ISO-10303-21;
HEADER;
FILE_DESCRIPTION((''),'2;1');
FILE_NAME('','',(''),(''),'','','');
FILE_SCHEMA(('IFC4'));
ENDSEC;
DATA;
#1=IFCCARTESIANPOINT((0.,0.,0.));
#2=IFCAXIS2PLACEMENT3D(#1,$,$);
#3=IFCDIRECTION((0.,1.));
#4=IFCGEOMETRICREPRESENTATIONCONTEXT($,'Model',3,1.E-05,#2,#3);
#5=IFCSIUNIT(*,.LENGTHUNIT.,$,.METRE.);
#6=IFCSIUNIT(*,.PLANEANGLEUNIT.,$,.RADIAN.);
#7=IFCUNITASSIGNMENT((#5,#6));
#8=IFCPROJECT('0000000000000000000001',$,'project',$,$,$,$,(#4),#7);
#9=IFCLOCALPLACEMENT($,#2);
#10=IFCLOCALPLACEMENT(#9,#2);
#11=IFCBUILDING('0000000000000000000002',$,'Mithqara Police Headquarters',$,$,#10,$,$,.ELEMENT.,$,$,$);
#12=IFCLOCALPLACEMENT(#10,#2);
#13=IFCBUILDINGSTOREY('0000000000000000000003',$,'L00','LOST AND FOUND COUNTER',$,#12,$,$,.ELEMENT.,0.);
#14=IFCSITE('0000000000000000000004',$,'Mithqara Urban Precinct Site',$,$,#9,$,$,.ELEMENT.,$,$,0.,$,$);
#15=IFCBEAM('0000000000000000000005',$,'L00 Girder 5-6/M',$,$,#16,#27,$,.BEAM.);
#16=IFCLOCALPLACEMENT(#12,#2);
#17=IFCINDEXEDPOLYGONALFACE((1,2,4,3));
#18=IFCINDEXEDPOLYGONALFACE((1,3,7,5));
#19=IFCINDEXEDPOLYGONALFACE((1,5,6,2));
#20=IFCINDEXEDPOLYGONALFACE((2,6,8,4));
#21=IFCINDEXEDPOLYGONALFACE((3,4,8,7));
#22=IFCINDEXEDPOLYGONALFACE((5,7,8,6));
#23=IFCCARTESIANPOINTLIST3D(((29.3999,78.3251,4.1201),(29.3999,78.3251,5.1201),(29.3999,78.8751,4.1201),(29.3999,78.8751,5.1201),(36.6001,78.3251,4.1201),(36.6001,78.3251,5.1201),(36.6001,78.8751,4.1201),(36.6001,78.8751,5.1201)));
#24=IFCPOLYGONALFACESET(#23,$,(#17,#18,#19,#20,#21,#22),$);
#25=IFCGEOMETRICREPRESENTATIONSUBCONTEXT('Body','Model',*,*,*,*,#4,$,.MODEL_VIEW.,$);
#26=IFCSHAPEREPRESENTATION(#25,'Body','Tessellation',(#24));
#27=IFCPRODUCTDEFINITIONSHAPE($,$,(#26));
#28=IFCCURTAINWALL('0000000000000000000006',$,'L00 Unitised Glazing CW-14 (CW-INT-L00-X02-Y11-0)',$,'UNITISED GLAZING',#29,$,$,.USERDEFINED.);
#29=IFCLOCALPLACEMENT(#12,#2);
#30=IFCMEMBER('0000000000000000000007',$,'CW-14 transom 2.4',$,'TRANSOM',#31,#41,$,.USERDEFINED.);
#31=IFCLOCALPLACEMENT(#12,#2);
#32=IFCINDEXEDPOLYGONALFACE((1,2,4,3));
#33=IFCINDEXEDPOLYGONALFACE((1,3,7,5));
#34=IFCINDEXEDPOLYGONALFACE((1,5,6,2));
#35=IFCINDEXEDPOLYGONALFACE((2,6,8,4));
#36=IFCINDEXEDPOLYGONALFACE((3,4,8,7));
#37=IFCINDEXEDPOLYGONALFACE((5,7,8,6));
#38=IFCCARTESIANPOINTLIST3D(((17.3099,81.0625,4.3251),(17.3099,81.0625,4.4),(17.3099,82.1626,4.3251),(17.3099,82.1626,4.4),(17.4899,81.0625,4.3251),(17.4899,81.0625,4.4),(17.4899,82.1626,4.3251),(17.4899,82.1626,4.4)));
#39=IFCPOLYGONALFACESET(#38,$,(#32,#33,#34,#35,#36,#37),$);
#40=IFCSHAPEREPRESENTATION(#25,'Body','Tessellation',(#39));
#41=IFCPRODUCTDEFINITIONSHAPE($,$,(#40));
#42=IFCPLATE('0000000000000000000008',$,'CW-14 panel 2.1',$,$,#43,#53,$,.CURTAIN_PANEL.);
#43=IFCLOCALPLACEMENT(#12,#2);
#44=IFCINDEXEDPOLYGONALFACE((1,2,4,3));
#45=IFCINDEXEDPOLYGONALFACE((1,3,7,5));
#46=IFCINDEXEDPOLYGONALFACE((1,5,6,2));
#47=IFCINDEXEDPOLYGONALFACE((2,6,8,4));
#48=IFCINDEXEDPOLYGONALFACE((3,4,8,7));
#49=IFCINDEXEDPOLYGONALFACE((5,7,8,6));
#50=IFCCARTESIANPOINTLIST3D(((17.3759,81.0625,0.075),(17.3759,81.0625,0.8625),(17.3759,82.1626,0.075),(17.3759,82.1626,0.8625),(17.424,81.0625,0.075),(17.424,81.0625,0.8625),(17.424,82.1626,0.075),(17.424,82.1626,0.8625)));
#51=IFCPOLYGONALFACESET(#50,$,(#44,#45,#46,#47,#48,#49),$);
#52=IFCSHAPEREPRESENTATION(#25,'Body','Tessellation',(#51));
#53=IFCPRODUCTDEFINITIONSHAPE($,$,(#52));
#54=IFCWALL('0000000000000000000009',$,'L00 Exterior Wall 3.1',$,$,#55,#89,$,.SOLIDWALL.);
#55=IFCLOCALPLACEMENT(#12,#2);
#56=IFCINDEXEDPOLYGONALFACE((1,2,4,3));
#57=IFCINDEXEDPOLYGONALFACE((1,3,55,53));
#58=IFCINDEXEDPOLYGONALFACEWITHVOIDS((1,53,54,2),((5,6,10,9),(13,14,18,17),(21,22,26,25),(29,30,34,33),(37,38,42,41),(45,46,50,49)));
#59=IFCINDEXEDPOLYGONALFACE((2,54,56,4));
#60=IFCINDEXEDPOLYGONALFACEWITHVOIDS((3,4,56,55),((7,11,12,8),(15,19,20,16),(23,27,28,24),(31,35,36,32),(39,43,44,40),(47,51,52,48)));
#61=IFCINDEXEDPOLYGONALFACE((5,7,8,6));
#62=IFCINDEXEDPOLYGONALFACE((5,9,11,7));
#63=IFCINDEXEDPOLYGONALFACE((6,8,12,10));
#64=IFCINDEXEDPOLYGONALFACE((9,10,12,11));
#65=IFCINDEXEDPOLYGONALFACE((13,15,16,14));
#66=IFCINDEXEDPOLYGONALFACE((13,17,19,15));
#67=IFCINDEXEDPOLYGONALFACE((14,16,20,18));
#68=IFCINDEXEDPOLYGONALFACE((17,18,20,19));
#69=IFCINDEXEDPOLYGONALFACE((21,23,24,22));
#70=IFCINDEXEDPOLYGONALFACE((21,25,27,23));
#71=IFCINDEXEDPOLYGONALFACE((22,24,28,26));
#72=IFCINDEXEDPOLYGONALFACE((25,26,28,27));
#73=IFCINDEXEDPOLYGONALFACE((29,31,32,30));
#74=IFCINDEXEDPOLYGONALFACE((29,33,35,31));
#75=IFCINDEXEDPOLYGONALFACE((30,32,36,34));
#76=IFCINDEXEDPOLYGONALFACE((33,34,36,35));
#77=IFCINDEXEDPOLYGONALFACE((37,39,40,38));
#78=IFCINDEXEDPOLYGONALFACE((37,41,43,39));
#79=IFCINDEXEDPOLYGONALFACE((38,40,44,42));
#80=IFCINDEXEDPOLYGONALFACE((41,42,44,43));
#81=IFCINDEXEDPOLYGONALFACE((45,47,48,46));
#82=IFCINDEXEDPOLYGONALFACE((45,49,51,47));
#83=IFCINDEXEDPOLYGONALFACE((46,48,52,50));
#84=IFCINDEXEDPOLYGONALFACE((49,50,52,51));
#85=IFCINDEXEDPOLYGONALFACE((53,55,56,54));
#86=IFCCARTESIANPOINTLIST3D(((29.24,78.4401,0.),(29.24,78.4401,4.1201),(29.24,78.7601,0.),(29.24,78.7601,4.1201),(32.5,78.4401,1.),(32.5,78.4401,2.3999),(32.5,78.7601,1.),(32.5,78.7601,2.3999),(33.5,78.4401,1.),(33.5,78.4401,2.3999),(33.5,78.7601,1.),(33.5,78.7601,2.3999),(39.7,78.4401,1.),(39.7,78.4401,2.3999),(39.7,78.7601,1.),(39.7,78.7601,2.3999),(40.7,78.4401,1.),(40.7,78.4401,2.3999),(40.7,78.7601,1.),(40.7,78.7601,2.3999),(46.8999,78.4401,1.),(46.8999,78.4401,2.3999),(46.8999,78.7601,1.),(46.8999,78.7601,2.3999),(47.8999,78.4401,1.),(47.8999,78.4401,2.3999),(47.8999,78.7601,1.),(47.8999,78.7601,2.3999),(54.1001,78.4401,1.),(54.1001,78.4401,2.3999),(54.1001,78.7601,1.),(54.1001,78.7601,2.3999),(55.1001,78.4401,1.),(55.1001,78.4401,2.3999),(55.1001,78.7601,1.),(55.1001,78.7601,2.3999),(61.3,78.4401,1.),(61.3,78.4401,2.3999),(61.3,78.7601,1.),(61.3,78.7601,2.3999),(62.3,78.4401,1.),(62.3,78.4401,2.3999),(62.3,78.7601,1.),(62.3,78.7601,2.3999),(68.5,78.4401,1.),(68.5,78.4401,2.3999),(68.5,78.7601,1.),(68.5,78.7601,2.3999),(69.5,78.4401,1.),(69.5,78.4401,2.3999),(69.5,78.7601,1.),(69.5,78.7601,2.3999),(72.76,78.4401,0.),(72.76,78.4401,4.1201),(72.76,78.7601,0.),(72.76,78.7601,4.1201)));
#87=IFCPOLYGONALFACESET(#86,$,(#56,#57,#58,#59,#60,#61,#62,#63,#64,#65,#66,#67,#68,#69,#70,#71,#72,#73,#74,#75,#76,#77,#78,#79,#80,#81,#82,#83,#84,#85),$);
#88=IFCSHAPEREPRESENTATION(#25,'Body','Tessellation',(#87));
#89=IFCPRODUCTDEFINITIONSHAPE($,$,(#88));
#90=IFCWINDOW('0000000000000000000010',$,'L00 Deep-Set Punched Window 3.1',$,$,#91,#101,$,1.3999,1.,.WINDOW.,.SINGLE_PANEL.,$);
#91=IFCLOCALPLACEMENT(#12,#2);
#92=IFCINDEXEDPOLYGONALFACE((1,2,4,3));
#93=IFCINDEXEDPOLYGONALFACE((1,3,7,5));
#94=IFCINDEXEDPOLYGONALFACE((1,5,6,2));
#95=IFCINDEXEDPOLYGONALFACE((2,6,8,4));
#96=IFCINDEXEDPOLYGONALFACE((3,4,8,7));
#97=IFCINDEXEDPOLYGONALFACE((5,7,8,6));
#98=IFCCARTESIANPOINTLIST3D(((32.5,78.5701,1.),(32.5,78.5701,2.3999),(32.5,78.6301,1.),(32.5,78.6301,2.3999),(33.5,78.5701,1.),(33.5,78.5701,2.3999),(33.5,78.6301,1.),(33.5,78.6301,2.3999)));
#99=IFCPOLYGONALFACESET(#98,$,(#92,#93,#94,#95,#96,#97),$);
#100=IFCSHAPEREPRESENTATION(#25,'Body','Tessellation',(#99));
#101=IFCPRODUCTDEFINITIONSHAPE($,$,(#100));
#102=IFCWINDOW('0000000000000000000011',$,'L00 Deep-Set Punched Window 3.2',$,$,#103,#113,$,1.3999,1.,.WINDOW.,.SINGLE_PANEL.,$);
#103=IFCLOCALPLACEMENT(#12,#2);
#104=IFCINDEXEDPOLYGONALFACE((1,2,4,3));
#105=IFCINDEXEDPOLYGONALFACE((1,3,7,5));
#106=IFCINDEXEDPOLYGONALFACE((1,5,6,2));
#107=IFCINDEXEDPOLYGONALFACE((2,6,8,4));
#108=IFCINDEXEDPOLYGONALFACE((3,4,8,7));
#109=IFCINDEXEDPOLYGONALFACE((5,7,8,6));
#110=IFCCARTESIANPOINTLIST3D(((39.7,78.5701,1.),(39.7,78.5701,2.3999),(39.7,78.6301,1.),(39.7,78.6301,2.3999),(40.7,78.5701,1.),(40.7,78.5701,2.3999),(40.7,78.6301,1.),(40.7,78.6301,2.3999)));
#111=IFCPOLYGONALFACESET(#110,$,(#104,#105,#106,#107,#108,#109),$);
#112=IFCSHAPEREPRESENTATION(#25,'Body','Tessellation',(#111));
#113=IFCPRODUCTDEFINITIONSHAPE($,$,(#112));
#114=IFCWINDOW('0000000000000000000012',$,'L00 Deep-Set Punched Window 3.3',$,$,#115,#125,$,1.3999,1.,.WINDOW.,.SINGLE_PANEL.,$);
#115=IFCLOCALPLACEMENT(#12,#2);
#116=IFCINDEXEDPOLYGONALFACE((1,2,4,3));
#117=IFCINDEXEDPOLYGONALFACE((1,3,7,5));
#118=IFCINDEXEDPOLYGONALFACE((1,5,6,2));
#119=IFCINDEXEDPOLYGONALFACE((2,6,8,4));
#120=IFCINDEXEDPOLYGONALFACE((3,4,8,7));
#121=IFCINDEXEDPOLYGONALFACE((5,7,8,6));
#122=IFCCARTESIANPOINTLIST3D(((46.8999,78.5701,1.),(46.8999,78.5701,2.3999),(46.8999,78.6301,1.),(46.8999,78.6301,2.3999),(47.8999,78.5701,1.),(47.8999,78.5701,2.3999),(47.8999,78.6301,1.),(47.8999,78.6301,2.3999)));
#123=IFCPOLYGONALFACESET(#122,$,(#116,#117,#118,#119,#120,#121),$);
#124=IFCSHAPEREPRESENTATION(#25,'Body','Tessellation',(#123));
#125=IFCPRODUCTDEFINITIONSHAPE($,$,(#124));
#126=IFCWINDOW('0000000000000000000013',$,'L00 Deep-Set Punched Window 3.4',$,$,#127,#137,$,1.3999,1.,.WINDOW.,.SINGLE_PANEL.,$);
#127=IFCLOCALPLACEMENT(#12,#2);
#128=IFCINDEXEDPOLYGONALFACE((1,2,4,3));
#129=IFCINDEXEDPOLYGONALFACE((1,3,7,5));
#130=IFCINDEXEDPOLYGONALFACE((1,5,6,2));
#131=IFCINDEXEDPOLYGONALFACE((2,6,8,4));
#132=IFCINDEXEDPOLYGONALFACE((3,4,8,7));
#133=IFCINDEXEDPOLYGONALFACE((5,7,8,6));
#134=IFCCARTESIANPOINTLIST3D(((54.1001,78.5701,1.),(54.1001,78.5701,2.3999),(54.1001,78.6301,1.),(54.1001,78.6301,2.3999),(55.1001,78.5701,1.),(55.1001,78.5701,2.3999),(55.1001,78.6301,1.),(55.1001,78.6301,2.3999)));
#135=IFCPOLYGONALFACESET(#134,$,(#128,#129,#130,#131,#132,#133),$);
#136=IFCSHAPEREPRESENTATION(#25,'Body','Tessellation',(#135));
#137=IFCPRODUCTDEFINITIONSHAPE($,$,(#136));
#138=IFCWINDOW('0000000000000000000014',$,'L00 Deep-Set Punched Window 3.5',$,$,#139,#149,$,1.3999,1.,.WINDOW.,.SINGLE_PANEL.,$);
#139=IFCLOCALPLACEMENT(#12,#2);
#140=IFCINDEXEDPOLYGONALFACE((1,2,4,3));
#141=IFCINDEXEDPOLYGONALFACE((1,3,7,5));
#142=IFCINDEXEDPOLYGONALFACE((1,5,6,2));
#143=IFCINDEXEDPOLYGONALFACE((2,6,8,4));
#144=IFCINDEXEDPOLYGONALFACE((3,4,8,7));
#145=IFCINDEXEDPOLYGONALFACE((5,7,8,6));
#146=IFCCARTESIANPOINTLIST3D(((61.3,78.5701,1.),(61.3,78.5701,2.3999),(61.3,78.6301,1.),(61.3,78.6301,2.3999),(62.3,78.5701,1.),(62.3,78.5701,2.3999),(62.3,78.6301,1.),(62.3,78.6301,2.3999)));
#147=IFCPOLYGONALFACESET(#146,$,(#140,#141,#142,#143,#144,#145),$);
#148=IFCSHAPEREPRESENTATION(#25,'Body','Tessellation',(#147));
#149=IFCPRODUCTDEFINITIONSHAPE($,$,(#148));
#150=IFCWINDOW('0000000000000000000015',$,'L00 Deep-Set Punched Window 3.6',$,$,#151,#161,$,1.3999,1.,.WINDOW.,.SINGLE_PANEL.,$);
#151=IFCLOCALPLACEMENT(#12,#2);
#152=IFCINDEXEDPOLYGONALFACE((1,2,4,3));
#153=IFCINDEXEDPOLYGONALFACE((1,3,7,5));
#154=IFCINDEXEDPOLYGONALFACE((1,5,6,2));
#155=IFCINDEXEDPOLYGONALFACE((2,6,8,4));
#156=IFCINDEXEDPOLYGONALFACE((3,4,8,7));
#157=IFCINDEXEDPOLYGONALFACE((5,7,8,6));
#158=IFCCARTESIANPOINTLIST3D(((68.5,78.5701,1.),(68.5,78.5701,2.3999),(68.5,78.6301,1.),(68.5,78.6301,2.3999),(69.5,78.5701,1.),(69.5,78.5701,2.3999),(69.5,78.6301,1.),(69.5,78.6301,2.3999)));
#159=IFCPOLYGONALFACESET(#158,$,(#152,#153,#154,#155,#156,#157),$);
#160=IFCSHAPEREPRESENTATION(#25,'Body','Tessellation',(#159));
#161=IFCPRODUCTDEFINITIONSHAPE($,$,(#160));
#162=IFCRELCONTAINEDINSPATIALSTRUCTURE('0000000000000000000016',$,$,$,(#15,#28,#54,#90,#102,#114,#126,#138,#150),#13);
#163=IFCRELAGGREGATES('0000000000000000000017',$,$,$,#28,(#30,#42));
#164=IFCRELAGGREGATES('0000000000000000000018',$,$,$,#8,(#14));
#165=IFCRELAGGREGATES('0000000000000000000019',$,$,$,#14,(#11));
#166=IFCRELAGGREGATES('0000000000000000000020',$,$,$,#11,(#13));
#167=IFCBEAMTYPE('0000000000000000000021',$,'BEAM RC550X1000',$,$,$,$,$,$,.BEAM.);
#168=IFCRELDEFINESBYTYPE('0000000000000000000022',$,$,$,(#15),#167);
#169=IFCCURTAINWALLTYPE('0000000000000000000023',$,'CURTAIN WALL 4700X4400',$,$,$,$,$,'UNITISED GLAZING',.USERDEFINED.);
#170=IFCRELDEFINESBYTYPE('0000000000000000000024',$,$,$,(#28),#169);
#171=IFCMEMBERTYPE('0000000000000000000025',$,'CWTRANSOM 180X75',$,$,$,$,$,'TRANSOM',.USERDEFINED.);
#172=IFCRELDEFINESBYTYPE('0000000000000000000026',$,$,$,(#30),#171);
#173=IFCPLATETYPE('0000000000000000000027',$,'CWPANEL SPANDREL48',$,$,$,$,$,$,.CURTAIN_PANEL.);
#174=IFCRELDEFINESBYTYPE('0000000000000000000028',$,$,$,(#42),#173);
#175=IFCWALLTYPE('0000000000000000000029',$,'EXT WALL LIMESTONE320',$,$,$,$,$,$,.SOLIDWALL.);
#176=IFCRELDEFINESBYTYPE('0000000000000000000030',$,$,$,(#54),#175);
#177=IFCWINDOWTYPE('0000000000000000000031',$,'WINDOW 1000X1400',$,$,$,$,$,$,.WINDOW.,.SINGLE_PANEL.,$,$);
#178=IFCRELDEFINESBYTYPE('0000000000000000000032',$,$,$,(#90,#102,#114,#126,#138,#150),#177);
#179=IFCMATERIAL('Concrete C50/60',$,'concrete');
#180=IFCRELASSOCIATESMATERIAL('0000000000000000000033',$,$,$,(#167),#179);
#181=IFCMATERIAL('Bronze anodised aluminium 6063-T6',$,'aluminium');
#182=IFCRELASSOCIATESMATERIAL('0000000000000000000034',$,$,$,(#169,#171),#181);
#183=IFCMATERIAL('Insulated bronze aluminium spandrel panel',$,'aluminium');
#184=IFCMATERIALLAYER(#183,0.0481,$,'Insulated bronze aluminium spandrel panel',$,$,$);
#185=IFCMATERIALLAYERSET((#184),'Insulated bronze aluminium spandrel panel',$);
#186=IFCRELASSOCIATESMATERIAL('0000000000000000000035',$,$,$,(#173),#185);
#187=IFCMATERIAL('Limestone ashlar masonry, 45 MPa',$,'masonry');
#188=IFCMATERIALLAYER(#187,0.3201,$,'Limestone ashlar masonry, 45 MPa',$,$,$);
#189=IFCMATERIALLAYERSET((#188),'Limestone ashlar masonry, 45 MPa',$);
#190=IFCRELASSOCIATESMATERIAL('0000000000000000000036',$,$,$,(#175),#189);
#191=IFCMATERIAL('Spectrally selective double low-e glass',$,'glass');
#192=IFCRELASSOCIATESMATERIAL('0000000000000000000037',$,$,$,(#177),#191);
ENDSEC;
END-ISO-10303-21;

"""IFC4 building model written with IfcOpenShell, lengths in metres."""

from ifc_helpers import new_model, si_unit, direction, frame, frame_2d, origin, origin_2d, place, context, subcontext, project, spatial, rectangle, extrude, material, layer, layer_set, material_profile, profile_set, type_object, element, fill, aggregate, save


model = new_model("IFC4")

# Units and contexts
model_context = context("Model", 3, precision=1e-05, world=origin(), true_north=direction((0.0, 1.0)))
body_context = subcontext(model_context, "Body", "Model", "MODEL_VIEW")
ifc_project = project(units=[si_unit("LENGTHUNIT", "METRE"), si_unit("PLANEANGLEUNIT", "RADIAN")], contexts=[model_context])

# Site, building, storey
site_placement = place(None, origin())
site = spatial("IfcSite", under=ifc_project, at=site_placement, Name="Mithqara Urban Precinct Site", CompositionType="ELEMENT", RefElevation=0.0)
building_placement = place(site_placement, origin())
building = spatial("IfcBuilding", under=site, at=building_placement, Name="Mithqara Police Headquarters", CompositionType="ELEMENT")
storey_placement = place(building_placement, origin())
storey = spatial("IfcBuildingStorey", under=building, at=storey_placement, Name="L00", Description="LOST AND FOUND COUNTER", CompositionType="ELEMENT", Elevation=0.0)

# Shared definitions
ifc_material_1 = material(Name="Concrete C50/60", Category="concrete")

# Beam
ifc_material_profile_1 = material_profile(ifc_material_1, rectangle(XDim=0.55, YDim=1.0, at=origin_2d()), Name="RC 550x1000")
ifc_profile_set_1 = profile_set([ifc_material_profile_1], Name="Concrete C50/60")
beam_type_1 = type_object("IfcBeamType", Name="BEAM RC550X1000", PredefinedType="BEAM", material=ifc_profile_set_1)
beam_1_placement = place(storey_placement, frame((29.3999, 78.6001, 4.6201), z_axis=(1.0, 0.0, 0.0), x_axis=(0.0, 1.0, 0.0)))
element("IfcBeam", 1, at=beam_1_placement, inside=storey, type_object=beam_type_1, Name="L00 Girder 5-6/M", PredefinedType="BEAM", context=body_context, shape_type="SweptSolid", body=[
    extrude(rectangle(XDim=0.55, YDim=1.0, at=origin_2d()), origin(), (0.0, 0.0, 1.0), 7.2002),
])

# Curtain wall, member, plate
ifc_material_2 = material(Name="Bronze anodised aluminium 6063-T6", Category="aluminium")
curtain_wall_type = type_object("IfcCurtainWallType", Name="CURTAIN WALL 4700X4400", ElementType="UNITISED GLAZING", PredefinedType="USERDEFINED", material=ifc_material_2)
curtain_wall_placement = place(storey_placement, origin())
curtain_wall = element("IfcCurtainWall", 2, at=curtain_wall_placement, inside=storey, type_object=curtain_wall_type, Name="L00 Unitised Glazing CW-14 (CW-INT-L00-X02-Y11-0)", ObjectType="UNITISED GLAZING", PredefinedType="USERDEFINED")
ifc_material_profile_2 = material_profile(ifc_material_2, rectangle(XDim=0.1799, YDim=0.075, at=origin_2d()), Name="CWT 180x75")
ifc_profile_set_2 = profile_set([ifc_material_profile_2], Name="Bronze anodised aluminium 6063-T6")
member_type_1 = type_object("IfcMemberType", Name="CWTRANSOM 180X75", ElementType="TRANSOM", PredefinedType="USERDEFINED", material=ifc_profile_set_2)
member_1_placement = place(storey_placement, frame((17.3999, 81.0625, 4.3625), z_axis=(0.0, 1.0, 0.0), x_axis=(-1.0, 0.0, 0.0)))
member_1 = element("IfcMember", 3, at=member_1_placement, type_object=member_type_1, Name="CW-14 transom 2.4", ObjectType="TRANSOM", PredefinedType="USERDEFINED", context=body_context, shape_type="SweptSolid", body=[
    extrude(rectangle(XDim=0.1799, YDim=0.075, at=origin_2d()), origin(), (0.0, 0.0, 1.0), 1.1001),
])
ifc_material_3 = material(Name="Insulated bronze aluminium spandrel panel", Category="aluminium")
ifc_layer_1 = layer(ifc_material_3, 0.0481, Name="Insulated bronze aluminium spandrel panel")
ifc_layer_set_1 = layer_set([ifc_layer_1], Name="Insulated bronze aluminium spandrel panel")
plate_type = type_object("IfcPlateType", Name="CWPANEL SPANDREL48", PredefinedType="CURTAIN_PANEL", material=ifc_layer_set_1)
plate_placement = place(storey_placement, frame((17.3999, 81.6125, 0.075), z_axis=(0.0, 0.0, 1.0), x_axis=(0.0, 1.0, 0.0)))
plate = element("IfcPlate", 4, at=plate_placement, type_object=plate_type, Name="CW-14 panel 2.1", PredefinedType="CURTAIN_PANEL", context=body_context, shape_type="SweptSolid", body=[
    extrude(rectangle(XDim=1.1001, YDim=0.0481, at=origin_2d()), origin(), (0.0, 0.0, 1.0), 0.7876),
])
aggregate(curtain_wall, [member_1, plate])

# Wall, openings, windows
ifc_material_4 = material(Name="Limestone ashlar masonry, 45 MPa", Category="masonry")
ifc_layer_2 = layer(ifc_material_4, 0.3201, Name="Limestone ashlar masonry, 45 MPa")
ifc_layer_set_2 = layer_set([ifc_layer_2], Name="Limestone ashlar masonry, 45 MPa")
wall_type = type_object("IfcWallType", Name="EXT WALL LIMESTONE320", PredefinedType="SOLIDWALL", material=ifc_layer_set_2)
wall_placement = place(storey_placement, frame((29.24, 78.6001, 0.0), z_axis=(0.0, 0.0, 1.0), x_axis=(1.0, 0.0, 0.0)))
wall = element("IfcWall", 5, at=wall_placement, inside=storey, type_object=wall_type, Name="L00 Exterior Wall 3.1", PredefinedType="SOLIDWALL", context=body_context, shape_type="SweptSolid", body=[
    extrude(rectangle(XDim=43.52, YDim=0.3201, at=frame_2d((21.76, 0.0))), origin(), (0.0, 0.0, 1.0), 4.1201),
])
opening_1_placement = place(wall_placement, frame((3.26, 0.0, 1.0)))
opening_1 = element("IfcOpeningElement", 6, at=opening_1_placement, cuts=wall, PredefinedType="OPENING", context=body_context, shape_type="SweptSolid", body=[
    extrude(rectangle(XDim=1.0, YDim=1.3999, at=frame_2d((0.5, 0.7))), frame((0.0, 0.1699, 0.0), z_axis=(0.0, -1.0, 0.0), x_axis=(1.0, 0.0, 0.0)), (0.0, 0.0, 1.0), 0.3401),
])
opening_2_placement = place(wall_placement, frame((10.46, 0.0, 1.0)))
opening_2 = element("IfcOpeningElement", 7, at=opening_2_placement, cuts=wall, PredefinedType="OPENING", context=body_context, shape_type="SweptSolid", body=[
    extrude(rectangle(XDim=1.0, YDim=1.3999, at=frame_2d((0.5, 0.7))), frame((0.0, 0.1699, 0.0), z_axis=(0.0, -1.0, 0.0), x_axis=(1.0, 0.0, 0.0)), (0.0, 0.0, 1.0), 0.3401),
])
opening_3_placement = place(wall_placement, frame((17.6599, 0.0, 1.0)))
opening_3 = element("IfcOpeningElement", 8, at=opening_3_placement, cuts=wall, PredefinedType="OPENING", context=body_context, shape_type="SweptSolid", body=[
    extrude(rectangle(XDim=1.0, YDim=1.3999, at=frame_2d((0.5, 0.7))), frame((0.0, 0.1699, 0.0), z_axis=(0.0, -1.0, 0.0), x_axis=(1.0, 0.0, 0.0)), (0.0, 0.0, 1.0), 0.3401),
])
opening_4_placement = place(wall_placement, frame((24.8601, 0.0, 1.0)))
opening_4 = element("IfcOpeningElement", 9, at=opening_4_placement, cuts=wall, PredefinedType="OPENING", context=body_context, shape_type="SweptSolid", body=[
    extrude(rectangle(XDim=1.0, YDim=1.3999, at=frame_2d((0.5, 0.7))), frame((0.0, 0.1699, 0.0), z_axis=(0.0, -1.0, 0.0), x_axis=(1.0, 0.0, 0.0)), (0.0, 0.0, 1.0), 0.3401),
])
opening_5_placement = place(wall_placement, frame((32.0601, 0.0, 1.0)))
opening_5 = element("IfcOpeningElement", 10, at=opening_5_placement, cuts=wall, PredefinedType="OPENING", context=body_context, shape_type="SweptSolid", body=[
    extrude(rectangle(XDim=1.0, YDim=1.3999, at=frame_2d((0.5, 0.7))), frame((0.0, 0.1699, 0.0), z_axis=(0.0, -1.0, 0.0), x_axis=(1.0, 0.0, 0.0)), (0.0, 0.0, 1.0), 0.3401),
])
opening_6_placement = place(wall_placement, frame((39.26, 0.0, 1.0)))
opening_6 = element("IfcOpeningElement", 11, at=opening_6_placement, cuts=wall, PredefinedType="OPENING", context=body_context, shape_type="SweptSolid", body=[
    extrude(rectangle(XDim=1.0, YDim=1.3999, at=frame_2d((0.5, 0.7))), frame((0.0, 0.1699, 0.0), z_axis=(0.0, -1.0, 0.0), x_axis=(1.0, 0.0, 0.0)), (0.0, 0.0, 1.0), 0.3401),
])
ifc_material_5 = material(Name="Spectrally selective double low-e glass", Category="glass")
window_type = type_object("IfcWindowType", Name="WINDOW 1000X1400", PartitioningType="SINGLE_PANEL", PredefinedType="WINDOW", material=ifc_material_5)
window_1_placement = place(opening_1_placement, origin())
window_1 = element("IfcWindow", 12, at=window_1_placement, inside=storey, type_object=window_type, Name="L00 Deep-Set Punched Window 3.1", OverallHeight=1.3999, OverallWidth=1.0, PartitioningType="SINGLE_PANEL", PredefinedType="WINDOW", context=body_context, shape_type="SweptSolid", body=[
    extrude(rectangle(XDim=1.0, YDim=1.3999, at=frame_2d((0.5, 0.7))), frame((0.0, 0.03, 0.0), z_axis=(0.0, -1.0, 0.0), x_axis=(1.0, 0.0, 0.0)), (0.0, 0.0, 1.0), 0.0601),
])
fill(opening_1, window_1)
window_2_placement = place(opening_2_placement, origin())
window_2 = element("IfcWindow", 13, at=window_2_placement, inside=storey, type_object=window_type, Name="L00 Deep-Set Punched Window 3.2", OverallHeight=1.3999, OverallWidth=1.0, PartitioningType="SINGLE_PANEL", PredefinedType="WINDOW", context=body_context, shape_type="SweptSolid", body=[
    extrude(rectangle(XDim=1.0, YDim=1.3999, at=frame_2d((0.5, 0.7))), frame((0.0, 0.03, 0.0), z_axis=(0.0, -1.0, 0.0), x_axis=(1.0, 0.0, 0.0)), (0.0, 0.0, 1.0), 0.0601),
])
fill(opening_2, window_2)
window_3_placement = place(opening_3_placement, origin())
window_3 = element("IfcWindow", 14, at=window_3_placement, inside=storey, type_object=window_type, Name="L00 Deep-Set Punched Window 3.3", OverallHeight=1.3999, OverallWidth=1.0, PartitioningType="SINGLE_PANEL", PredefinedType="WINDOW", context=body_context, shape_type="SweptSolid", body=[
    extrude(rectangle(XDim=1.0, YDim=1.3999, at=frame_2d((0.5, 0.7))), frame((0.0, 0.03, 0.0), z_axis=(0.0, -1.0, 0.0), x_axis=(1.0, 0.0, 0.0)), (0.0, 0.0, 1.0), 0.0601),
])
fill(opening_3, window_3)
window_4_placement = place(opening_4_placement, origin())
window_4 = element("IfcWindow", 15, at=window_4_placement, inside=storey, type_object=window_type, Name="L00 Deep-Set Punched Window 3.4", OverallHeight=1.3999, OverallWidth=1.0, PartitioningType="SINGLE_PANEL", PredefinedType="WINDOW", context=body_context, shape_type="SweptSolid", body=[
    extrude(rectangle(XDim=1.0, YDim=1.3999, at=frame_2d((0.5, 0.7))), frame((0.0, 0.03, 0.0), z_axis=(0.0, -1.0, 0.0), x_axis=(1.0, 0.0, 0.0)), (0.0, 0.0, 1.0), 0.0601),
])
fill(opening_4, window_4)
window_5_placement = place(opening_5_placement, origin())
window_5 = element("IfcWindow", 16, at=window_5_placement, inside=storey, type_object=window_type, Name="L00 Deep-Set Punched Window 3.5", OverallHeight=1.3999, OverallWidth=1.0, PartitioningType="SINGLE_PANEL", PredefinedType="WINDOW", context=body_context, shape_type="SweptSolid", body=[
    extrude(rectangle(XDim=1.0, YDim=1.3999, at=frame_2d((0.5, 0.7))), frame((0.0, 0.03, 0.0), z_axis=(0.0, -1.0, 0.0), x_axis=(1.0, 0.0, 0.0)), (0.0, 0.0, 1.0), 0.0601),
])
fill(opening_5, window_5)
window_6_placement = place(opening_6_placement, origin())
window_6 = element("IfcWindow", 17, at=window_6_placement, inside=storey, type_object=window_type, Name="L00 Deep-Set Punched Window 3.6", OverallHeight=1.3999, OverallWidth=1.0, PartitioningType="SINGLE_PANEL", PredefinedType="WINDOW", context=body_context, shape_type="SweptSolid", body=[
    extrude(rectangle(XDim=1.0, YDim=1.3999, at=frame_2d((0.5, 0.7))), frame((0.0, 0.03, 0.0), z_axis=(0.0, -1.0, 0.0), x_axis=(1.0, 0.0, 0.0)), (0.0, 0.0, 1.0), 0.0601),
])
fill(opening_6, window_6)

save(model, "model.ifc")
